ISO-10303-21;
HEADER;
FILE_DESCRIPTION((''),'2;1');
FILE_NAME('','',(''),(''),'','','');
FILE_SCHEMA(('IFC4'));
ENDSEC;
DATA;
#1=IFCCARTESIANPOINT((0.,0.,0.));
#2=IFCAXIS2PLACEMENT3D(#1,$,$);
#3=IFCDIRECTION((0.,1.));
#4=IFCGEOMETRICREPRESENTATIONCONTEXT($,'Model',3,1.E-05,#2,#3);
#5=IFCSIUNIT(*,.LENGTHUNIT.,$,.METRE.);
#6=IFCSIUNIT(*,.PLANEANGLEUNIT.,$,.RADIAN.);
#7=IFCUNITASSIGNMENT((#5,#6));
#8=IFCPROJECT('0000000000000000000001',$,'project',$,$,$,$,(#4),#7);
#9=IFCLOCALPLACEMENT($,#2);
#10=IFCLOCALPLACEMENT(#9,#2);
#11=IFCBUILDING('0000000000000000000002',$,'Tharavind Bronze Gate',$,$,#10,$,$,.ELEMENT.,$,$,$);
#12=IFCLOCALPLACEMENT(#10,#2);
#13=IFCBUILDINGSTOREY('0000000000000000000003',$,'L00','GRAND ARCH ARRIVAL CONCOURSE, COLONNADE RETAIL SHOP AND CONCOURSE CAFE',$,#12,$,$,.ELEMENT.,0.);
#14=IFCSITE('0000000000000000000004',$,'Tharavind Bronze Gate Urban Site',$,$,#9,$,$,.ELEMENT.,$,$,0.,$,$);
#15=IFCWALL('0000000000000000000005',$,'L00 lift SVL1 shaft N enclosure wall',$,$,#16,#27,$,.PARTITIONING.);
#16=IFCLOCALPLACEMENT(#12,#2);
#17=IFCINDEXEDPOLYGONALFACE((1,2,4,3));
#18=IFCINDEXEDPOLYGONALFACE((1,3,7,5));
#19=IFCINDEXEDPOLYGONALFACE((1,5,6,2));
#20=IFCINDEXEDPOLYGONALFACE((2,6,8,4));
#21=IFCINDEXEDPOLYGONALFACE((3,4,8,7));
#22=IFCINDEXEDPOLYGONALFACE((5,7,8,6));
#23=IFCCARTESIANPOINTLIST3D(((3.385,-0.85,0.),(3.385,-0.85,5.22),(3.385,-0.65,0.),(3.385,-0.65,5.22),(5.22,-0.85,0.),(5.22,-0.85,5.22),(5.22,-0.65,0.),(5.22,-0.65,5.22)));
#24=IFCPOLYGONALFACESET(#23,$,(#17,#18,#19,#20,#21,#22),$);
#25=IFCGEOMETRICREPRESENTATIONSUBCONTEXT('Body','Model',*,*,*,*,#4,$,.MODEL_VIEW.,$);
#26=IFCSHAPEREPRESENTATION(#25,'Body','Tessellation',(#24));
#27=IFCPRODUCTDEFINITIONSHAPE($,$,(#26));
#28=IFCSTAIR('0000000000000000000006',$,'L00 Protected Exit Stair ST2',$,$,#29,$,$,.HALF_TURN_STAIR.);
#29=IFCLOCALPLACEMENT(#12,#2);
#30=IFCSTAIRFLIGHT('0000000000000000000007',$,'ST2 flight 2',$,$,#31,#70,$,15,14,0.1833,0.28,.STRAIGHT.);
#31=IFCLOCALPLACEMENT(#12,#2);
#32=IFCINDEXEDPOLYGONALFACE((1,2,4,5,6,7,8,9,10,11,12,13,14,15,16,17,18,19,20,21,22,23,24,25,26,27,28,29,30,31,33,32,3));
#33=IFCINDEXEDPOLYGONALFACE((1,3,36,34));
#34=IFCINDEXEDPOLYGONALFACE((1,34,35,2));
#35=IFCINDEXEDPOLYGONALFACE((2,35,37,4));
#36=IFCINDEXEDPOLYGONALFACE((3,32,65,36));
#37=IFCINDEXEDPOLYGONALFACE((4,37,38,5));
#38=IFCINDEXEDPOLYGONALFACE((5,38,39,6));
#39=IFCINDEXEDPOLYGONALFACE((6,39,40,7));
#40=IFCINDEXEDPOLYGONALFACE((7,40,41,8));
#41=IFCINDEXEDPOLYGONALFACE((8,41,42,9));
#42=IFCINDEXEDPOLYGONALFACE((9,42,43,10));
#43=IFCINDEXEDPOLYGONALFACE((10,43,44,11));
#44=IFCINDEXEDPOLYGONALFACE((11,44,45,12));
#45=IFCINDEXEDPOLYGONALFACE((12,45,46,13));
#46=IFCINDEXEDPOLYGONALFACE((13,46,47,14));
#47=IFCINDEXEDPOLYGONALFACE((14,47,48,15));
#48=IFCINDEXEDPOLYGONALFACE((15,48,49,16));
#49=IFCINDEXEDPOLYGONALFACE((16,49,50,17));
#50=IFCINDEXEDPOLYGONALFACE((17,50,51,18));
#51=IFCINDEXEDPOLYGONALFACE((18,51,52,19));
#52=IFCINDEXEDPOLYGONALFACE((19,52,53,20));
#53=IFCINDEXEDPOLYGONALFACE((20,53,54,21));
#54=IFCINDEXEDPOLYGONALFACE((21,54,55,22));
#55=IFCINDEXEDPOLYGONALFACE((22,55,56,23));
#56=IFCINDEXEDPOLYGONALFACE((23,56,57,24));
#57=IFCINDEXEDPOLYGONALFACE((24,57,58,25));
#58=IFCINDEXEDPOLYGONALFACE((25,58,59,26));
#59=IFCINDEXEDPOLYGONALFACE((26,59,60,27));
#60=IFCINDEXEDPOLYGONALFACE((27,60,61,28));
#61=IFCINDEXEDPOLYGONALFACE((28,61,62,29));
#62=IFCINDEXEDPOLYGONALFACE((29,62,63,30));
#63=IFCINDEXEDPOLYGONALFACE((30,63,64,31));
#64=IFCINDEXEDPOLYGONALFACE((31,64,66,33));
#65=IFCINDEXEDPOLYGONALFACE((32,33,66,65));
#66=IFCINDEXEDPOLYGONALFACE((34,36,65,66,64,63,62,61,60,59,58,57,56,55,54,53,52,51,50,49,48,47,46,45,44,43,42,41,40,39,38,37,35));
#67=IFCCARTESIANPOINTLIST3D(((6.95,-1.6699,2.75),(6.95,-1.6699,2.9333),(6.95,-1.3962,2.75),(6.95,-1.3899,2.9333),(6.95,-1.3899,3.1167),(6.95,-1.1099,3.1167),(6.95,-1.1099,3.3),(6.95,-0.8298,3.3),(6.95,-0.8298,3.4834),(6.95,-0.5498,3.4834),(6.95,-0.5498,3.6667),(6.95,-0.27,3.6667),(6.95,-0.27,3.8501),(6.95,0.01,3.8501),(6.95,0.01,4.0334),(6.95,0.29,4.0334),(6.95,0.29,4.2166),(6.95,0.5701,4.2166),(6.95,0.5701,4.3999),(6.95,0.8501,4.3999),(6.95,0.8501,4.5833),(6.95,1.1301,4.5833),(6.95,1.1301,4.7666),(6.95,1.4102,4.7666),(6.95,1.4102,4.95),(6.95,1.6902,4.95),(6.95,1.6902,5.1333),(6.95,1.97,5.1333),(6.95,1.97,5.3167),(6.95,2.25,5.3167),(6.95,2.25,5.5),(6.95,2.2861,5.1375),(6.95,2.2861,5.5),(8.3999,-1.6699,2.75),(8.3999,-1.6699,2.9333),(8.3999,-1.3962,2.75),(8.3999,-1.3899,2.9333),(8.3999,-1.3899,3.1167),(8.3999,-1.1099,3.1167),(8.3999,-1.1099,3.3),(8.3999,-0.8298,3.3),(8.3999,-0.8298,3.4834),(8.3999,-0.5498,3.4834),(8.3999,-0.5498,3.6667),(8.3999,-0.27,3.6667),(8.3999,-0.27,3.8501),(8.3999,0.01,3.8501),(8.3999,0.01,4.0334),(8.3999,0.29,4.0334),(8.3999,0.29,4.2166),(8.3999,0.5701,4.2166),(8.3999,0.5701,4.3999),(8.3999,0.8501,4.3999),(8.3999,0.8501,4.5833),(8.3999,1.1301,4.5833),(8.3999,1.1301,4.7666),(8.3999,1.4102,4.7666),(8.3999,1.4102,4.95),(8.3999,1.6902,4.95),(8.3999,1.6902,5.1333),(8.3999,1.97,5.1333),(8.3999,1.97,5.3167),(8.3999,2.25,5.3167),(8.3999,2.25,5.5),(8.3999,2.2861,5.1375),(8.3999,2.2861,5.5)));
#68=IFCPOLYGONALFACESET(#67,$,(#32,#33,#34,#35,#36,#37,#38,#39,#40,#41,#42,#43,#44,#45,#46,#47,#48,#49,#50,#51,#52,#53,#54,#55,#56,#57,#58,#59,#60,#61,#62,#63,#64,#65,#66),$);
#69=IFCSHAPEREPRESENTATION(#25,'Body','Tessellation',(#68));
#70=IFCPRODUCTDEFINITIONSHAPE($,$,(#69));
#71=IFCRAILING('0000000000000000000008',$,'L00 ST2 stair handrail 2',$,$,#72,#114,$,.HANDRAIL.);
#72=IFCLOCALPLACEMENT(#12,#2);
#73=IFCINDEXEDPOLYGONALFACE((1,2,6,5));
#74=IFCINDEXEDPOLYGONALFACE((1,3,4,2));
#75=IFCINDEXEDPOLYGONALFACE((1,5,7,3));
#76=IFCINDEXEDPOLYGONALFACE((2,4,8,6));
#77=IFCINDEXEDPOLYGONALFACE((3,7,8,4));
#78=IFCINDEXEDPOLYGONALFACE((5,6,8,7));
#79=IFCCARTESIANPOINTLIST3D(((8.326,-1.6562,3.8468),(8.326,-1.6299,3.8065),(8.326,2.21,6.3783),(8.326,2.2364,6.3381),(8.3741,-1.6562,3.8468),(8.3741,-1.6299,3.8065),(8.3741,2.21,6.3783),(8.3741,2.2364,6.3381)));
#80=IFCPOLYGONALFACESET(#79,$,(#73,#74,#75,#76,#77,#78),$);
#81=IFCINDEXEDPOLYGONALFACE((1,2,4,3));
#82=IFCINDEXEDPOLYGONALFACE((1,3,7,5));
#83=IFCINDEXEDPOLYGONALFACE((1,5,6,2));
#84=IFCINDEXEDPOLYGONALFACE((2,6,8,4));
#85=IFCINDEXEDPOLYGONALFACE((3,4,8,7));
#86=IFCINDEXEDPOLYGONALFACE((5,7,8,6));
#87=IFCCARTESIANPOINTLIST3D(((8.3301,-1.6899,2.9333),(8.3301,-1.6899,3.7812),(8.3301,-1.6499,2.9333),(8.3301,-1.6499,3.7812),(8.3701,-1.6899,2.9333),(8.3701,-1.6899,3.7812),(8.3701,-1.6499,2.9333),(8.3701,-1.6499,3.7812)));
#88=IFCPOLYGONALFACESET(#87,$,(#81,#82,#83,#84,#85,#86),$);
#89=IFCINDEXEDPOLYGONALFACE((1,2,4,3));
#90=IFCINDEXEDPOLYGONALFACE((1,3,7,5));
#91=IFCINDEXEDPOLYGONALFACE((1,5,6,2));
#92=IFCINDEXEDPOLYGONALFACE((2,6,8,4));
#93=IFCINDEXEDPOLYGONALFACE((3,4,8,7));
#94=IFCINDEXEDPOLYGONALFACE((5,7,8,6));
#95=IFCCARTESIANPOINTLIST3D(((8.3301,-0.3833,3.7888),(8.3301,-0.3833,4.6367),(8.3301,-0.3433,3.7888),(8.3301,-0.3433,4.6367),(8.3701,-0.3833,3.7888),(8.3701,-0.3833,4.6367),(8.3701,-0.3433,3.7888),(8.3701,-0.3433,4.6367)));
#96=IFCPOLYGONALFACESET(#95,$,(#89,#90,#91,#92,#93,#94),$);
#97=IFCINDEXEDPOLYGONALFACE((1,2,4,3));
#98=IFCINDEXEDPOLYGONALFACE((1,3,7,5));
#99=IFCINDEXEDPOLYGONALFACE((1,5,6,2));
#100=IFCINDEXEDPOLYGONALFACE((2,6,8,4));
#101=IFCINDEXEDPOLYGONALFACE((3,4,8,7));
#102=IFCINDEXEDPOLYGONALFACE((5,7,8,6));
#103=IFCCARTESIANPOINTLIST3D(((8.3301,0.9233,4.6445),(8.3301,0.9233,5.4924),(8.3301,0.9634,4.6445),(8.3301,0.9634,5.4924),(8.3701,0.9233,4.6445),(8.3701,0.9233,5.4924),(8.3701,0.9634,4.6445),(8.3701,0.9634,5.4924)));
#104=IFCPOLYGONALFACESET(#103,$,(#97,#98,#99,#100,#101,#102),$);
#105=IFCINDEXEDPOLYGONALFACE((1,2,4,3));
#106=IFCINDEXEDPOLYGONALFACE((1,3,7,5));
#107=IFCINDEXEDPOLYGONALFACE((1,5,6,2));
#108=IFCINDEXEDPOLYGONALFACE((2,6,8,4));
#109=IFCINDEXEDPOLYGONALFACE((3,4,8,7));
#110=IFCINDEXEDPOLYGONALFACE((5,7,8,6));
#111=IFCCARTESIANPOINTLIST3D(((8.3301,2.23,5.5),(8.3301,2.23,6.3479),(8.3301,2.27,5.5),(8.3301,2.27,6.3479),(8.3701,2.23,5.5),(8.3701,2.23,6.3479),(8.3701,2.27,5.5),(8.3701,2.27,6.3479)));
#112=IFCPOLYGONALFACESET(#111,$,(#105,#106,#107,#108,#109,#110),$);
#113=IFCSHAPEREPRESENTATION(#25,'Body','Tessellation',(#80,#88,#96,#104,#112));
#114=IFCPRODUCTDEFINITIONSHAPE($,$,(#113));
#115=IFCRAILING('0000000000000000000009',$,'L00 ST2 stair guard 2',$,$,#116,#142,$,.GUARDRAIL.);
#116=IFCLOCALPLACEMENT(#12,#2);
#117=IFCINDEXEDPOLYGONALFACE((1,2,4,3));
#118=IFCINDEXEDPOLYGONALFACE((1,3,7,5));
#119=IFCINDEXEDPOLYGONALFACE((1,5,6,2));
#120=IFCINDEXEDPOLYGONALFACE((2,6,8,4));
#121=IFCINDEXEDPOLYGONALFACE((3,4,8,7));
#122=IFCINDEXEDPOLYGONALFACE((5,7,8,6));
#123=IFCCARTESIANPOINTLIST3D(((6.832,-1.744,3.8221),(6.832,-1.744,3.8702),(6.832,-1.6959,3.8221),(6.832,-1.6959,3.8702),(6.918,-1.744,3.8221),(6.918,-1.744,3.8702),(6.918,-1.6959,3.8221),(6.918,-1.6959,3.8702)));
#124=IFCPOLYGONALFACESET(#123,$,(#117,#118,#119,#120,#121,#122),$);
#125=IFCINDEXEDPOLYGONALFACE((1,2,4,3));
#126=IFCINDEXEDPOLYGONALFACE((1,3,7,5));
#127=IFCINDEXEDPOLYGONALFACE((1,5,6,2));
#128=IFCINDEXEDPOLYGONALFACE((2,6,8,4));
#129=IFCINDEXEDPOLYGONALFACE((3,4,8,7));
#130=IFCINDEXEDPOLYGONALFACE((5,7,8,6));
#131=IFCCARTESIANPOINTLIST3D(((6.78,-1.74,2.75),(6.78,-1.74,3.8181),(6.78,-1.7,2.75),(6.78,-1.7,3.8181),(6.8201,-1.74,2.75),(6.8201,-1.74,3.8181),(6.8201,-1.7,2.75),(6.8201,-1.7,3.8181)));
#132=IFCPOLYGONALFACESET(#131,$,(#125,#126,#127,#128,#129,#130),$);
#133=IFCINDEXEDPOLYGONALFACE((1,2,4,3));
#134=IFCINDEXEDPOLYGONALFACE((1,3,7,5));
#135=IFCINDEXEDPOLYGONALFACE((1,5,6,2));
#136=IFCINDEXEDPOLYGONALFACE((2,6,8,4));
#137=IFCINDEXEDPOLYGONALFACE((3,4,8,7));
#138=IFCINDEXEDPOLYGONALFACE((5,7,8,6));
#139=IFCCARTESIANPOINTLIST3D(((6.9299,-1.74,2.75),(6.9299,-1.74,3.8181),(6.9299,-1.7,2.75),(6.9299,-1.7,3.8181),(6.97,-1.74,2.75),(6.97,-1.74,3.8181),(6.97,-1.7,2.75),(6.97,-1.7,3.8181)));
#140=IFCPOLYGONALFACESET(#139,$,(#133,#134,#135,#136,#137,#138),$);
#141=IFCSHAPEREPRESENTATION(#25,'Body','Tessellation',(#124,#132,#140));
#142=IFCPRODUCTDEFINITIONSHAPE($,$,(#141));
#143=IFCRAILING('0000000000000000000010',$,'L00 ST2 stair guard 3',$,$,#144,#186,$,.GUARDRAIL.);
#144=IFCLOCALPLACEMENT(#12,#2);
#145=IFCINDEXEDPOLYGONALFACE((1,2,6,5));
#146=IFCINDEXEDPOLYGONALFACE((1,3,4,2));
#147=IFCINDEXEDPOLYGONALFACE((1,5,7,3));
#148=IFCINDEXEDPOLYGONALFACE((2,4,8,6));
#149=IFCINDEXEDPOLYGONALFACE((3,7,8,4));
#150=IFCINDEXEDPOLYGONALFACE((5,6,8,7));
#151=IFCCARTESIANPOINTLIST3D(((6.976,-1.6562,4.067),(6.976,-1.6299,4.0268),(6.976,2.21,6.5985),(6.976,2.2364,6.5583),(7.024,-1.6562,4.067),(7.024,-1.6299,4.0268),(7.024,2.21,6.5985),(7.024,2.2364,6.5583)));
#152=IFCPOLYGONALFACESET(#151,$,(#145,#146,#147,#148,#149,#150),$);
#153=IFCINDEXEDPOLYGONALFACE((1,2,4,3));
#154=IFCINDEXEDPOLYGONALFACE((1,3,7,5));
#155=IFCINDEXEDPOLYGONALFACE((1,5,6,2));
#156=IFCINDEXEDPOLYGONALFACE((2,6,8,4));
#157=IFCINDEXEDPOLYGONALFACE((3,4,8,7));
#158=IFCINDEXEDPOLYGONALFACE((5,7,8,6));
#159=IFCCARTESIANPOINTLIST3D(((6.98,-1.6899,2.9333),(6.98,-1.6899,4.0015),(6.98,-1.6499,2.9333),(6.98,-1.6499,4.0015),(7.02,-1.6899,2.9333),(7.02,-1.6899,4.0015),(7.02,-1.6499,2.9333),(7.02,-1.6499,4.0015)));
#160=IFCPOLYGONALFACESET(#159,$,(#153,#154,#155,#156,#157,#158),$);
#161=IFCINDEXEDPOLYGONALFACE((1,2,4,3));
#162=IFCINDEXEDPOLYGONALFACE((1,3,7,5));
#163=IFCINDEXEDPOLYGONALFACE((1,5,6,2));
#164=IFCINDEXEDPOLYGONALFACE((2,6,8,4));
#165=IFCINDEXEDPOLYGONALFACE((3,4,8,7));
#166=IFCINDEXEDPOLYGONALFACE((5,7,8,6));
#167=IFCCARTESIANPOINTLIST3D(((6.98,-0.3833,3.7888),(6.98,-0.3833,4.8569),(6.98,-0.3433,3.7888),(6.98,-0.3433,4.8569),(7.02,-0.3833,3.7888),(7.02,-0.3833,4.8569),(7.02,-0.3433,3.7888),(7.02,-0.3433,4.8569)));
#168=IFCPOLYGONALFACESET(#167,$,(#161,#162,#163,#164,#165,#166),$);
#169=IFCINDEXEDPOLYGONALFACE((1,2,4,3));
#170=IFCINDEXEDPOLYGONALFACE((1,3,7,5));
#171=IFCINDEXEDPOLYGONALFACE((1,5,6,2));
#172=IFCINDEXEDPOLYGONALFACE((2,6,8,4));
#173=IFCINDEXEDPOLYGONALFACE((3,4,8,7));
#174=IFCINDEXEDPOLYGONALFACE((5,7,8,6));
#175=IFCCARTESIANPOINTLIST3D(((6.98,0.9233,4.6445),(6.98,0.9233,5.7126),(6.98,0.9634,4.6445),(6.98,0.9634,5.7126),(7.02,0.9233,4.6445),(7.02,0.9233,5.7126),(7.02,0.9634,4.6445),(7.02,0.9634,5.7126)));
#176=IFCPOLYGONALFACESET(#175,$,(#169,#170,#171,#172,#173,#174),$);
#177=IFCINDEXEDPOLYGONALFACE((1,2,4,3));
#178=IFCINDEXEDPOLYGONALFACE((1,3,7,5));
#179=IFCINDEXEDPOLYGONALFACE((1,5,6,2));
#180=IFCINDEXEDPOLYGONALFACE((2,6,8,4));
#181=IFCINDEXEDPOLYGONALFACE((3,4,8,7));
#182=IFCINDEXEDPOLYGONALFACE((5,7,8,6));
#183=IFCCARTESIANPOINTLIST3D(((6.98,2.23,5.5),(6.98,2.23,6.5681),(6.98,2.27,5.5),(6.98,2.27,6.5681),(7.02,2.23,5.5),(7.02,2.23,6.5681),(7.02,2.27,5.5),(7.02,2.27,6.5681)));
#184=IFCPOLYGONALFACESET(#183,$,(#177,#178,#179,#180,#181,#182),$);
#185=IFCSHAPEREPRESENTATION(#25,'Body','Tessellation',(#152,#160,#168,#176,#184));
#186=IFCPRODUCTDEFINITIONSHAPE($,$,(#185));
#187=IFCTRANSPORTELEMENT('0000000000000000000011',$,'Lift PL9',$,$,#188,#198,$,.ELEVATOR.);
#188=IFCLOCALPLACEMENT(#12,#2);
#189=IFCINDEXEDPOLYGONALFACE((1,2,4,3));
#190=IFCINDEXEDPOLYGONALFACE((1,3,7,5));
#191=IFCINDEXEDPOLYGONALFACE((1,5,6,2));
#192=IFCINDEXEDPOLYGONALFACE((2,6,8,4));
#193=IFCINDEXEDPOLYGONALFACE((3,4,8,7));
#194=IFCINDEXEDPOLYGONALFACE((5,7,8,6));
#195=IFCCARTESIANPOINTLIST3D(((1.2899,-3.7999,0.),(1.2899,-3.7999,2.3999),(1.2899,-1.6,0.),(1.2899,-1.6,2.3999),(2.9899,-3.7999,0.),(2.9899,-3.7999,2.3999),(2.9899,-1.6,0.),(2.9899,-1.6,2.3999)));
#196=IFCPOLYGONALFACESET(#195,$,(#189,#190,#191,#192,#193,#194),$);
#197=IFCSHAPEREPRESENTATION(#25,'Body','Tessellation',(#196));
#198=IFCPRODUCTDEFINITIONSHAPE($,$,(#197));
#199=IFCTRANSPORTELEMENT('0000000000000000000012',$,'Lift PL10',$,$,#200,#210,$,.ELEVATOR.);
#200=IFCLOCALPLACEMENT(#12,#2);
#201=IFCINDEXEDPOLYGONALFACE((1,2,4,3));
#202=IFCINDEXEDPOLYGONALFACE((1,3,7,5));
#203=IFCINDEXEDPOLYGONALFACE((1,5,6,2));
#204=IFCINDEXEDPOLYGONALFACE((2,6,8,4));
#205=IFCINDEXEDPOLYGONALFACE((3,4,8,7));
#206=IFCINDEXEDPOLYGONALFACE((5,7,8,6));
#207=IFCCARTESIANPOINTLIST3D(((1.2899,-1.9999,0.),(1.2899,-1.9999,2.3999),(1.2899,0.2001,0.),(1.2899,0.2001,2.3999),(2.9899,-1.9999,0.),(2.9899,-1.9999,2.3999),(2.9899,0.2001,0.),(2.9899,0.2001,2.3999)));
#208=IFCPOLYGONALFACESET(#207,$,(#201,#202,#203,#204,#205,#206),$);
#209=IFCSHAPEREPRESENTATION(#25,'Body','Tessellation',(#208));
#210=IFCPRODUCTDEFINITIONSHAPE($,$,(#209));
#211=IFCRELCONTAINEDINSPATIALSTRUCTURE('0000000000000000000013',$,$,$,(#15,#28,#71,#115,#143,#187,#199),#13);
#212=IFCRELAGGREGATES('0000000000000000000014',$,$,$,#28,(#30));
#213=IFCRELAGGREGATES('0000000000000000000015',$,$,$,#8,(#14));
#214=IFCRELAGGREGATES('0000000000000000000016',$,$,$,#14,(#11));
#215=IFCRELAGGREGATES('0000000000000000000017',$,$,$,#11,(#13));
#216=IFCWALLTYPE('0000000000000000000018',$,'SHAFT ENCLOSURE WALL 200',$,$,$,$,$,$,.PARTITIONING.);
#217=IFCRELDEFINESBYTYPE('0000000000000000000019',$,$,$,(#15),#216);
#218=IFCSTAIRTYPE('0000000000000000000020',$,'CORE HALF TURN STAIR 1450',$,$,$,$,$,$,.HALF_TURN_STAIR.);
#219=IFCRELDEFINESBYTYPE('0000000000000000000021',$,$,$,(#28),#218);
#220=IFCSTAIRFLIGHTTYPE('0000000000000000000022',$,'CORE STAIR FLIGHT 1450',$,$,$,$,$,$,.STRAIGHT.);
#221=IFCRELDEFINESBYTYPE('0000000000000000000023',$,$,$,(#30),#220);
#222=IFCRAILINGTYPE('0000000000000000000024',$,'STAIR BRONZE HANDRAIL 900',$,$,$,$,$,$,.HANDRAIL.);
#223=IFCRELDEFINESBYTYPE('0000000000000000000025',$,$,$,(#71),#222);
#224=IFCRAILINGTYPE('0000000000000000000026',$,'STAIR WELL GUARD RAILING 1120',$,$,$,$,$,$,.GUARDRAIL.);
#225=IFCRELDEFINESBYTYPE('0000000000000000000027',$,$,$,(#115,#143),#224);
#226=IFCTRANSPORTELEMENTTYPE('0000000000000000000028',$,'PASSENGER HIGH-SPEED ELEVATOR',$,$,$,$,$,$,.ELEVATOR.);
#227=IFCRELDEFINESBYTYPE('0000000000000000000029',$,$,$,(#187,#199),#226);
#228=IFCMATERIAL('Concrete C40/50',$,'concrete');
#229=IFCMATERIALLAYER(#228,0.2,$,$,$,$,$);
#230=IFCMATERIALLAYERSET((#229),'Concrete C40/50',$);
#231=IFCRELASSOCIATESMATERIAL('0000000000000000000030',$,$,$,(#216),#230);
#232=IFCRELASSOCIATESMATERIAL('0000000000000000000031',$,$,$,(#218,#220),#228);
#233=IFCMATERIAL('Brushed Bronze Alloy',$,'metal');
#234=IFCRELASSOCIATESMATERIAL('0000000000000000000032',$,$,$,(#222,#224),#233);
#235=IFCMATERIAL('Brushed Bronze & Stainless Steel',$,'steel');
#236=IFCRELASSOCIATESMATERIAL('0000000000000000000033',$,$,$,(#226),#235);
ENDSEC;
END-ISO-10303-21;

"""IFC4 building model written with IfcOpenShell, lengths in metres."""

from ifc_helpers import new_model, si_unit, direction, frame, frame_2d, origin, origin_2d, place, context, subcontext, project, spatial, polyline, rectangle, outline, extrude, material, layer, layer_set, type_object, element, aggregate, save


model = new_model("IFC4")

# Units and contexts
model_context = context("Model", 3, precision=1e-05, world=origin(), true_north=direction((0.0, 1.0)))
body_context = subcontext(model_context, "Body", "Model", "MODEL_VIEW")
ifc_project = project(units=[si_unit("LENGTHUNIT", "METRE"), si_unit("PLANEANGLEUNIT", "RADIAN")], contexts=[model_context])

# Site, building, storey
site_placement = place(None, origin())
site = spatial("IfcSite", under=ifc_project, at=site_placement, Name="Tharavind Bronze Gate Urban Site", CompositionType="ELEMENT", RefElevation=0.0)
building_placement = place(site_placement, origin())
building = spatial("IfcBuilding", under=site, at=building_placement, Name="Tharavind Bronze Gate", CompositionType="ELEMENT")
storey_placement = place(building_placement, origin())
storey = spatial("IfcBuildingStorey", under=building, at=storey_placement, Name="L00", Description="GRAND ARCH ARRIVAL CONCOURSE, COLONNADE RETAIL SHOP AND CONCOURSE CAFE", CompositionType="ELEMENT", Elevation=0.0)

# Shared definitions
ifc_material_1 = material(Name="Concrete C40/50", Category="concrete")

# Wall
ifc_layer_1 = layer(ifc_material_1, 0.2)
ifc_layer_set_1 = layer_set([ifc_layer_1], Name="Concrete C40/50")
wall_type_1 = type_object("IfcWallType", Name="SHAFT ENCLOSURE WALL 200", PredefinedType="PARTITIONING", material=ifc_layer_set_1)
wall_1_placement = place(storey_placement, frame((3.385, -0.75, 0.0), z_axis=(0.0, 0.0, 1.0), x_axis=(1.0, 0.0, 0.0)))
element("IfcWall", 1, at=wall_1_placement, inside=storey, type_object=wall_type_1, Name="L00 lift SVL1 shaft N enclosure wall", PredefinedType="PARTITIONING", context=body_context, shape_type="SweptSolid", body=[
    extrude(rectangle(XDim=1.835, YDim=0.2, at=frame_2d((0.9175, 0.0))), origin(), (0.0, 0.0, 1.0), 5.22),
])

# Stair, stair flight
stair_type = type_object("IfcStairType", Name="CORE HALF TURN STAIR 1450", PredefinedType="HALF_TURN_STAIR", material=ifc_material_1)
stair_placement = place(storey_placement, origin())
stair = element("IfcStair", 2, at=stair_placement, inside=storey, type_object=stair_type, Name="L00 Protected Exit Stair ST2", PredefinedType="HALF_TURN_STAIR")
stair_flight_type = type_object("IfcStairFlightType", Name="CORE STAIR FLIGHT 1450", PredefinedType="STRAIGHT", material=ifc_material_1)
stair_flight_placement = place(storey_placement, frame((7.675, -1.6699, 2.75), z_axis=(0.0, 0.0, 1.0), x_axis=(0.0, 1.0, 0.0)))
stair_flight = element("IfcStairFlight", 3, at=stair_flight_placement, type_object=stair_flight_type, Name="ST2 flight 2", NumberOfRisers=15, NumberOfTreads=14, PredefinedType="STRAIGHT", RiserHeight=0.1833, TreadLength=0.28, context=body_context, shape_type="SweptSolid", body=[
    extrude(outline(polyline([(0.0, 0.0), (0.0, 0.1833), (0.28, 0.1833), (0.28, 0.3667), (0.5601, 0.3667), (0.5601, 0.55), (0.8401, 0.55), (0.8401, 0.7334), (1.1201, 0.7334), (1.1201, 0.9167), (1.3999, 0.9167), (1.3999, 1.1001), (1.6799, 1.1001), (1.6799, 1.2834), (1.96, 1.2834), (1.96, 1.4666), (2.24, 1.4666), (2.24, 1.6499), (2.52, 1.6499), (2.52, 1.8333), (2.8, 1.8333), (2.8, 2.0166), (3.0801, 2.0166), (3.0801, 2.2), (3.3601, 2.2), (3.3601, 2.3833), (3.6399, 2.3833), (3.6399, 2.5667), (3.9199, 2.5667), (3.9199, 2.75), (3.9561, 2.75), (3.9561, 2.3875), (0.2737, 0.0), (0.0, 0.0)])), frame((0.0, 0.7251, 0.0), z_axis=(0.0, -1.0, 0.0), x_axis=(1.0, 0.0, 0.0)), (0.0, 0.0, 1.0), 1.45),
])
aggregate(stair, [stair_flight])

# Railings
ifc_material_2 = material(Name="Brushed Bronze Alloy", Category="metal")
railing_type_1 = type_object("IfcRailingType", Name="STAIR BRONZE HANDRAIL 900", PredefinedType="HANDRAIL", material=ifc_material_2)
railing_1_placement = place(storey_placement, frame((8.3501, -1.6699, 2.9333)))
element("IfcRailing", 4, at=railing_1_placement, inside=storey, type_object=railing_type_1, Name="L00 ST2 stair handrail 2", PredefinedType="HANDRAIL", context=body_context, shape_type="SweptSolid", body=[
    extrude(rectangle(XDim=0.0481, YDim=0.0481, at=origin_2d()), frame((0.0, 0.0269, 0.8933), z_axis=(0.0, 0.836615, 0.547791), x_axis=(-1.0, 0.0, 0.0)), (0.0, 0.0, 1.0), 4.6213),
    extrude(rectangle(XDim=0.04, YDim=0.04, at=origin_2d()), origin(), (0.0, 0.0, 1.0), 0.8479),
    extrude(rectangle(XDim=0.04, YDim=0.04, at=origin_2d()), frame((0.0, 1.3066, 0.8555)), (0.0, 0.0, 1.0), 0.8479),
    extrude(rectangle(XDim=0.04, YDim=0.04, at=origin_2d()), frame((0.0, 2.6133, 1.7112)), (0.0, 0.0, 1.0), 0.8479),
    extrude(rectangle(XDim=0.04, YDim=0.04, at=origin_2d()), frame((0.0, 3.9199, 2.5667)), (0.0, 0.0, 1.0), 0.8479),
])
railing_type_2 = type_object("IfcRailingType", Name="STAIR WELL GUARD RAILING 1120", PredefinedType="GUARDRAIL", material=ifc_material_2)
railing_2_placement = place(storey_placement, frame((6.8, -1.72, 2.75)))
element("IfcRailing", 5, at=railing_2_placement, inside=storey, type_object=railing_type_2, Name="L00 ST2 stair guard 2", PredefinedType="GUARDRAIL", context=body_context, shape_type="SweptSolid", body=[
    extrude(rectangle(XDim=0.0481, YDim=0.0481, at=origin_2d()), frame((0.032, 0.0, 1.0962), z_axis=(1.0, 0.0, 0.0), x_axis=(0.0, 1.0, 0.0)), (0.0, 0.0, 1.0), 0.0859),
    extrude(rectangle(XDim=0.04, YDim=0.04, at=origin_2d()), origin(), (0.0, 0.0, 1.0), 1.0681),
    extrude(rectangle(XDim=0.04, YDim=0.04, at=origin_2d()), frame((0.1499, 0.0, 0.0)), (0.0, 0.0, 1.0), 1.0681),
])
railing_3_placement = place(storey_placement, frame((7.0, -1.6699, 2.9333)))
element("IfcRailing", 6, at=railing_3_placement, inside=storey, type_object=railing_type_2, Name="L00 ST2 stair guard 3", PredefinedType="GUARDRAIL", context=body_context, shape_type="SweptSolid", body=[
    extrude(rectangle(XDim=0.0481, YDim=0.0481, at=origin_2d()), frame((0.0, 0.0269, 1.1135), z_axis=(0.0, 0.836615, 0.547791), x_axis=(-1.0, 0.0, 0.0)), (0.0, 0.0, 1.0), 4.6213),
    extrude(rectangle(XDim=0.04, YDim=0.04, at=origin_2d()), origin(), (0.0, 0.0, 1.0), 1.0681),
    extrude(rectangle(XDim=0.04, YDim=0.04, at=origin_2d()), frame((0.0, 1.3066, 0.8555)), (0.0, 0.0, 1.0), 1.0681),
    extrude(rectangle(XDim=0.04, YDim=0.04, at=origin_2d()), frame((0.0, 2.6133, 1.7112)), (0.0, 0.0, 1.0), 1.0681),
    extrude(rectangle(XDim=0.04, YDim=0.04, at=origin_2d()), frame((0.0, 3.9199, 2.5667)), (0.0, 0.0, 1.0), 1.0681),
])

# Transport elements
ifc_material_3 = material(Name="Brushed Bronze & Stainless Steel", Category="steel")
transport_element_type = type_object("IfcTransportElementType", Name="PASSENGER HIGH-SPEED ELEVATOR", PredefinedType="ELEVATOR", material=ifc_material_3)
for number, where, z_axis, x_axis, name in (
    (7, (2.1399, -2.7, 0.0), (0.0, 0.0, 1.0), (1.0, 0.0, 0.0), "Lift PL9"),
    (8, (2.1399, -0.8999, 0.0), (0.0, 0.0, 1.0), (1.0, 0.0, 0.0), "Lift PL10"),
):
    element("IfcTransportElement", number, at=place(storey_placement, frame(where, z_axis=z_axis, x_axis=x_axis)), inside=storey, type_object=transport_element_type, Name=name, PredefinedType="ELEVATOR", context=body_context, shape_type="SweptSolid", body=[
        extrude(rectangle(XDim=1.7, YDim=2.2, at=origin_2d()), origin(), (0.0, 0.0, 1.0), 2.3999),
    ])

save(model, "model.ifc")
